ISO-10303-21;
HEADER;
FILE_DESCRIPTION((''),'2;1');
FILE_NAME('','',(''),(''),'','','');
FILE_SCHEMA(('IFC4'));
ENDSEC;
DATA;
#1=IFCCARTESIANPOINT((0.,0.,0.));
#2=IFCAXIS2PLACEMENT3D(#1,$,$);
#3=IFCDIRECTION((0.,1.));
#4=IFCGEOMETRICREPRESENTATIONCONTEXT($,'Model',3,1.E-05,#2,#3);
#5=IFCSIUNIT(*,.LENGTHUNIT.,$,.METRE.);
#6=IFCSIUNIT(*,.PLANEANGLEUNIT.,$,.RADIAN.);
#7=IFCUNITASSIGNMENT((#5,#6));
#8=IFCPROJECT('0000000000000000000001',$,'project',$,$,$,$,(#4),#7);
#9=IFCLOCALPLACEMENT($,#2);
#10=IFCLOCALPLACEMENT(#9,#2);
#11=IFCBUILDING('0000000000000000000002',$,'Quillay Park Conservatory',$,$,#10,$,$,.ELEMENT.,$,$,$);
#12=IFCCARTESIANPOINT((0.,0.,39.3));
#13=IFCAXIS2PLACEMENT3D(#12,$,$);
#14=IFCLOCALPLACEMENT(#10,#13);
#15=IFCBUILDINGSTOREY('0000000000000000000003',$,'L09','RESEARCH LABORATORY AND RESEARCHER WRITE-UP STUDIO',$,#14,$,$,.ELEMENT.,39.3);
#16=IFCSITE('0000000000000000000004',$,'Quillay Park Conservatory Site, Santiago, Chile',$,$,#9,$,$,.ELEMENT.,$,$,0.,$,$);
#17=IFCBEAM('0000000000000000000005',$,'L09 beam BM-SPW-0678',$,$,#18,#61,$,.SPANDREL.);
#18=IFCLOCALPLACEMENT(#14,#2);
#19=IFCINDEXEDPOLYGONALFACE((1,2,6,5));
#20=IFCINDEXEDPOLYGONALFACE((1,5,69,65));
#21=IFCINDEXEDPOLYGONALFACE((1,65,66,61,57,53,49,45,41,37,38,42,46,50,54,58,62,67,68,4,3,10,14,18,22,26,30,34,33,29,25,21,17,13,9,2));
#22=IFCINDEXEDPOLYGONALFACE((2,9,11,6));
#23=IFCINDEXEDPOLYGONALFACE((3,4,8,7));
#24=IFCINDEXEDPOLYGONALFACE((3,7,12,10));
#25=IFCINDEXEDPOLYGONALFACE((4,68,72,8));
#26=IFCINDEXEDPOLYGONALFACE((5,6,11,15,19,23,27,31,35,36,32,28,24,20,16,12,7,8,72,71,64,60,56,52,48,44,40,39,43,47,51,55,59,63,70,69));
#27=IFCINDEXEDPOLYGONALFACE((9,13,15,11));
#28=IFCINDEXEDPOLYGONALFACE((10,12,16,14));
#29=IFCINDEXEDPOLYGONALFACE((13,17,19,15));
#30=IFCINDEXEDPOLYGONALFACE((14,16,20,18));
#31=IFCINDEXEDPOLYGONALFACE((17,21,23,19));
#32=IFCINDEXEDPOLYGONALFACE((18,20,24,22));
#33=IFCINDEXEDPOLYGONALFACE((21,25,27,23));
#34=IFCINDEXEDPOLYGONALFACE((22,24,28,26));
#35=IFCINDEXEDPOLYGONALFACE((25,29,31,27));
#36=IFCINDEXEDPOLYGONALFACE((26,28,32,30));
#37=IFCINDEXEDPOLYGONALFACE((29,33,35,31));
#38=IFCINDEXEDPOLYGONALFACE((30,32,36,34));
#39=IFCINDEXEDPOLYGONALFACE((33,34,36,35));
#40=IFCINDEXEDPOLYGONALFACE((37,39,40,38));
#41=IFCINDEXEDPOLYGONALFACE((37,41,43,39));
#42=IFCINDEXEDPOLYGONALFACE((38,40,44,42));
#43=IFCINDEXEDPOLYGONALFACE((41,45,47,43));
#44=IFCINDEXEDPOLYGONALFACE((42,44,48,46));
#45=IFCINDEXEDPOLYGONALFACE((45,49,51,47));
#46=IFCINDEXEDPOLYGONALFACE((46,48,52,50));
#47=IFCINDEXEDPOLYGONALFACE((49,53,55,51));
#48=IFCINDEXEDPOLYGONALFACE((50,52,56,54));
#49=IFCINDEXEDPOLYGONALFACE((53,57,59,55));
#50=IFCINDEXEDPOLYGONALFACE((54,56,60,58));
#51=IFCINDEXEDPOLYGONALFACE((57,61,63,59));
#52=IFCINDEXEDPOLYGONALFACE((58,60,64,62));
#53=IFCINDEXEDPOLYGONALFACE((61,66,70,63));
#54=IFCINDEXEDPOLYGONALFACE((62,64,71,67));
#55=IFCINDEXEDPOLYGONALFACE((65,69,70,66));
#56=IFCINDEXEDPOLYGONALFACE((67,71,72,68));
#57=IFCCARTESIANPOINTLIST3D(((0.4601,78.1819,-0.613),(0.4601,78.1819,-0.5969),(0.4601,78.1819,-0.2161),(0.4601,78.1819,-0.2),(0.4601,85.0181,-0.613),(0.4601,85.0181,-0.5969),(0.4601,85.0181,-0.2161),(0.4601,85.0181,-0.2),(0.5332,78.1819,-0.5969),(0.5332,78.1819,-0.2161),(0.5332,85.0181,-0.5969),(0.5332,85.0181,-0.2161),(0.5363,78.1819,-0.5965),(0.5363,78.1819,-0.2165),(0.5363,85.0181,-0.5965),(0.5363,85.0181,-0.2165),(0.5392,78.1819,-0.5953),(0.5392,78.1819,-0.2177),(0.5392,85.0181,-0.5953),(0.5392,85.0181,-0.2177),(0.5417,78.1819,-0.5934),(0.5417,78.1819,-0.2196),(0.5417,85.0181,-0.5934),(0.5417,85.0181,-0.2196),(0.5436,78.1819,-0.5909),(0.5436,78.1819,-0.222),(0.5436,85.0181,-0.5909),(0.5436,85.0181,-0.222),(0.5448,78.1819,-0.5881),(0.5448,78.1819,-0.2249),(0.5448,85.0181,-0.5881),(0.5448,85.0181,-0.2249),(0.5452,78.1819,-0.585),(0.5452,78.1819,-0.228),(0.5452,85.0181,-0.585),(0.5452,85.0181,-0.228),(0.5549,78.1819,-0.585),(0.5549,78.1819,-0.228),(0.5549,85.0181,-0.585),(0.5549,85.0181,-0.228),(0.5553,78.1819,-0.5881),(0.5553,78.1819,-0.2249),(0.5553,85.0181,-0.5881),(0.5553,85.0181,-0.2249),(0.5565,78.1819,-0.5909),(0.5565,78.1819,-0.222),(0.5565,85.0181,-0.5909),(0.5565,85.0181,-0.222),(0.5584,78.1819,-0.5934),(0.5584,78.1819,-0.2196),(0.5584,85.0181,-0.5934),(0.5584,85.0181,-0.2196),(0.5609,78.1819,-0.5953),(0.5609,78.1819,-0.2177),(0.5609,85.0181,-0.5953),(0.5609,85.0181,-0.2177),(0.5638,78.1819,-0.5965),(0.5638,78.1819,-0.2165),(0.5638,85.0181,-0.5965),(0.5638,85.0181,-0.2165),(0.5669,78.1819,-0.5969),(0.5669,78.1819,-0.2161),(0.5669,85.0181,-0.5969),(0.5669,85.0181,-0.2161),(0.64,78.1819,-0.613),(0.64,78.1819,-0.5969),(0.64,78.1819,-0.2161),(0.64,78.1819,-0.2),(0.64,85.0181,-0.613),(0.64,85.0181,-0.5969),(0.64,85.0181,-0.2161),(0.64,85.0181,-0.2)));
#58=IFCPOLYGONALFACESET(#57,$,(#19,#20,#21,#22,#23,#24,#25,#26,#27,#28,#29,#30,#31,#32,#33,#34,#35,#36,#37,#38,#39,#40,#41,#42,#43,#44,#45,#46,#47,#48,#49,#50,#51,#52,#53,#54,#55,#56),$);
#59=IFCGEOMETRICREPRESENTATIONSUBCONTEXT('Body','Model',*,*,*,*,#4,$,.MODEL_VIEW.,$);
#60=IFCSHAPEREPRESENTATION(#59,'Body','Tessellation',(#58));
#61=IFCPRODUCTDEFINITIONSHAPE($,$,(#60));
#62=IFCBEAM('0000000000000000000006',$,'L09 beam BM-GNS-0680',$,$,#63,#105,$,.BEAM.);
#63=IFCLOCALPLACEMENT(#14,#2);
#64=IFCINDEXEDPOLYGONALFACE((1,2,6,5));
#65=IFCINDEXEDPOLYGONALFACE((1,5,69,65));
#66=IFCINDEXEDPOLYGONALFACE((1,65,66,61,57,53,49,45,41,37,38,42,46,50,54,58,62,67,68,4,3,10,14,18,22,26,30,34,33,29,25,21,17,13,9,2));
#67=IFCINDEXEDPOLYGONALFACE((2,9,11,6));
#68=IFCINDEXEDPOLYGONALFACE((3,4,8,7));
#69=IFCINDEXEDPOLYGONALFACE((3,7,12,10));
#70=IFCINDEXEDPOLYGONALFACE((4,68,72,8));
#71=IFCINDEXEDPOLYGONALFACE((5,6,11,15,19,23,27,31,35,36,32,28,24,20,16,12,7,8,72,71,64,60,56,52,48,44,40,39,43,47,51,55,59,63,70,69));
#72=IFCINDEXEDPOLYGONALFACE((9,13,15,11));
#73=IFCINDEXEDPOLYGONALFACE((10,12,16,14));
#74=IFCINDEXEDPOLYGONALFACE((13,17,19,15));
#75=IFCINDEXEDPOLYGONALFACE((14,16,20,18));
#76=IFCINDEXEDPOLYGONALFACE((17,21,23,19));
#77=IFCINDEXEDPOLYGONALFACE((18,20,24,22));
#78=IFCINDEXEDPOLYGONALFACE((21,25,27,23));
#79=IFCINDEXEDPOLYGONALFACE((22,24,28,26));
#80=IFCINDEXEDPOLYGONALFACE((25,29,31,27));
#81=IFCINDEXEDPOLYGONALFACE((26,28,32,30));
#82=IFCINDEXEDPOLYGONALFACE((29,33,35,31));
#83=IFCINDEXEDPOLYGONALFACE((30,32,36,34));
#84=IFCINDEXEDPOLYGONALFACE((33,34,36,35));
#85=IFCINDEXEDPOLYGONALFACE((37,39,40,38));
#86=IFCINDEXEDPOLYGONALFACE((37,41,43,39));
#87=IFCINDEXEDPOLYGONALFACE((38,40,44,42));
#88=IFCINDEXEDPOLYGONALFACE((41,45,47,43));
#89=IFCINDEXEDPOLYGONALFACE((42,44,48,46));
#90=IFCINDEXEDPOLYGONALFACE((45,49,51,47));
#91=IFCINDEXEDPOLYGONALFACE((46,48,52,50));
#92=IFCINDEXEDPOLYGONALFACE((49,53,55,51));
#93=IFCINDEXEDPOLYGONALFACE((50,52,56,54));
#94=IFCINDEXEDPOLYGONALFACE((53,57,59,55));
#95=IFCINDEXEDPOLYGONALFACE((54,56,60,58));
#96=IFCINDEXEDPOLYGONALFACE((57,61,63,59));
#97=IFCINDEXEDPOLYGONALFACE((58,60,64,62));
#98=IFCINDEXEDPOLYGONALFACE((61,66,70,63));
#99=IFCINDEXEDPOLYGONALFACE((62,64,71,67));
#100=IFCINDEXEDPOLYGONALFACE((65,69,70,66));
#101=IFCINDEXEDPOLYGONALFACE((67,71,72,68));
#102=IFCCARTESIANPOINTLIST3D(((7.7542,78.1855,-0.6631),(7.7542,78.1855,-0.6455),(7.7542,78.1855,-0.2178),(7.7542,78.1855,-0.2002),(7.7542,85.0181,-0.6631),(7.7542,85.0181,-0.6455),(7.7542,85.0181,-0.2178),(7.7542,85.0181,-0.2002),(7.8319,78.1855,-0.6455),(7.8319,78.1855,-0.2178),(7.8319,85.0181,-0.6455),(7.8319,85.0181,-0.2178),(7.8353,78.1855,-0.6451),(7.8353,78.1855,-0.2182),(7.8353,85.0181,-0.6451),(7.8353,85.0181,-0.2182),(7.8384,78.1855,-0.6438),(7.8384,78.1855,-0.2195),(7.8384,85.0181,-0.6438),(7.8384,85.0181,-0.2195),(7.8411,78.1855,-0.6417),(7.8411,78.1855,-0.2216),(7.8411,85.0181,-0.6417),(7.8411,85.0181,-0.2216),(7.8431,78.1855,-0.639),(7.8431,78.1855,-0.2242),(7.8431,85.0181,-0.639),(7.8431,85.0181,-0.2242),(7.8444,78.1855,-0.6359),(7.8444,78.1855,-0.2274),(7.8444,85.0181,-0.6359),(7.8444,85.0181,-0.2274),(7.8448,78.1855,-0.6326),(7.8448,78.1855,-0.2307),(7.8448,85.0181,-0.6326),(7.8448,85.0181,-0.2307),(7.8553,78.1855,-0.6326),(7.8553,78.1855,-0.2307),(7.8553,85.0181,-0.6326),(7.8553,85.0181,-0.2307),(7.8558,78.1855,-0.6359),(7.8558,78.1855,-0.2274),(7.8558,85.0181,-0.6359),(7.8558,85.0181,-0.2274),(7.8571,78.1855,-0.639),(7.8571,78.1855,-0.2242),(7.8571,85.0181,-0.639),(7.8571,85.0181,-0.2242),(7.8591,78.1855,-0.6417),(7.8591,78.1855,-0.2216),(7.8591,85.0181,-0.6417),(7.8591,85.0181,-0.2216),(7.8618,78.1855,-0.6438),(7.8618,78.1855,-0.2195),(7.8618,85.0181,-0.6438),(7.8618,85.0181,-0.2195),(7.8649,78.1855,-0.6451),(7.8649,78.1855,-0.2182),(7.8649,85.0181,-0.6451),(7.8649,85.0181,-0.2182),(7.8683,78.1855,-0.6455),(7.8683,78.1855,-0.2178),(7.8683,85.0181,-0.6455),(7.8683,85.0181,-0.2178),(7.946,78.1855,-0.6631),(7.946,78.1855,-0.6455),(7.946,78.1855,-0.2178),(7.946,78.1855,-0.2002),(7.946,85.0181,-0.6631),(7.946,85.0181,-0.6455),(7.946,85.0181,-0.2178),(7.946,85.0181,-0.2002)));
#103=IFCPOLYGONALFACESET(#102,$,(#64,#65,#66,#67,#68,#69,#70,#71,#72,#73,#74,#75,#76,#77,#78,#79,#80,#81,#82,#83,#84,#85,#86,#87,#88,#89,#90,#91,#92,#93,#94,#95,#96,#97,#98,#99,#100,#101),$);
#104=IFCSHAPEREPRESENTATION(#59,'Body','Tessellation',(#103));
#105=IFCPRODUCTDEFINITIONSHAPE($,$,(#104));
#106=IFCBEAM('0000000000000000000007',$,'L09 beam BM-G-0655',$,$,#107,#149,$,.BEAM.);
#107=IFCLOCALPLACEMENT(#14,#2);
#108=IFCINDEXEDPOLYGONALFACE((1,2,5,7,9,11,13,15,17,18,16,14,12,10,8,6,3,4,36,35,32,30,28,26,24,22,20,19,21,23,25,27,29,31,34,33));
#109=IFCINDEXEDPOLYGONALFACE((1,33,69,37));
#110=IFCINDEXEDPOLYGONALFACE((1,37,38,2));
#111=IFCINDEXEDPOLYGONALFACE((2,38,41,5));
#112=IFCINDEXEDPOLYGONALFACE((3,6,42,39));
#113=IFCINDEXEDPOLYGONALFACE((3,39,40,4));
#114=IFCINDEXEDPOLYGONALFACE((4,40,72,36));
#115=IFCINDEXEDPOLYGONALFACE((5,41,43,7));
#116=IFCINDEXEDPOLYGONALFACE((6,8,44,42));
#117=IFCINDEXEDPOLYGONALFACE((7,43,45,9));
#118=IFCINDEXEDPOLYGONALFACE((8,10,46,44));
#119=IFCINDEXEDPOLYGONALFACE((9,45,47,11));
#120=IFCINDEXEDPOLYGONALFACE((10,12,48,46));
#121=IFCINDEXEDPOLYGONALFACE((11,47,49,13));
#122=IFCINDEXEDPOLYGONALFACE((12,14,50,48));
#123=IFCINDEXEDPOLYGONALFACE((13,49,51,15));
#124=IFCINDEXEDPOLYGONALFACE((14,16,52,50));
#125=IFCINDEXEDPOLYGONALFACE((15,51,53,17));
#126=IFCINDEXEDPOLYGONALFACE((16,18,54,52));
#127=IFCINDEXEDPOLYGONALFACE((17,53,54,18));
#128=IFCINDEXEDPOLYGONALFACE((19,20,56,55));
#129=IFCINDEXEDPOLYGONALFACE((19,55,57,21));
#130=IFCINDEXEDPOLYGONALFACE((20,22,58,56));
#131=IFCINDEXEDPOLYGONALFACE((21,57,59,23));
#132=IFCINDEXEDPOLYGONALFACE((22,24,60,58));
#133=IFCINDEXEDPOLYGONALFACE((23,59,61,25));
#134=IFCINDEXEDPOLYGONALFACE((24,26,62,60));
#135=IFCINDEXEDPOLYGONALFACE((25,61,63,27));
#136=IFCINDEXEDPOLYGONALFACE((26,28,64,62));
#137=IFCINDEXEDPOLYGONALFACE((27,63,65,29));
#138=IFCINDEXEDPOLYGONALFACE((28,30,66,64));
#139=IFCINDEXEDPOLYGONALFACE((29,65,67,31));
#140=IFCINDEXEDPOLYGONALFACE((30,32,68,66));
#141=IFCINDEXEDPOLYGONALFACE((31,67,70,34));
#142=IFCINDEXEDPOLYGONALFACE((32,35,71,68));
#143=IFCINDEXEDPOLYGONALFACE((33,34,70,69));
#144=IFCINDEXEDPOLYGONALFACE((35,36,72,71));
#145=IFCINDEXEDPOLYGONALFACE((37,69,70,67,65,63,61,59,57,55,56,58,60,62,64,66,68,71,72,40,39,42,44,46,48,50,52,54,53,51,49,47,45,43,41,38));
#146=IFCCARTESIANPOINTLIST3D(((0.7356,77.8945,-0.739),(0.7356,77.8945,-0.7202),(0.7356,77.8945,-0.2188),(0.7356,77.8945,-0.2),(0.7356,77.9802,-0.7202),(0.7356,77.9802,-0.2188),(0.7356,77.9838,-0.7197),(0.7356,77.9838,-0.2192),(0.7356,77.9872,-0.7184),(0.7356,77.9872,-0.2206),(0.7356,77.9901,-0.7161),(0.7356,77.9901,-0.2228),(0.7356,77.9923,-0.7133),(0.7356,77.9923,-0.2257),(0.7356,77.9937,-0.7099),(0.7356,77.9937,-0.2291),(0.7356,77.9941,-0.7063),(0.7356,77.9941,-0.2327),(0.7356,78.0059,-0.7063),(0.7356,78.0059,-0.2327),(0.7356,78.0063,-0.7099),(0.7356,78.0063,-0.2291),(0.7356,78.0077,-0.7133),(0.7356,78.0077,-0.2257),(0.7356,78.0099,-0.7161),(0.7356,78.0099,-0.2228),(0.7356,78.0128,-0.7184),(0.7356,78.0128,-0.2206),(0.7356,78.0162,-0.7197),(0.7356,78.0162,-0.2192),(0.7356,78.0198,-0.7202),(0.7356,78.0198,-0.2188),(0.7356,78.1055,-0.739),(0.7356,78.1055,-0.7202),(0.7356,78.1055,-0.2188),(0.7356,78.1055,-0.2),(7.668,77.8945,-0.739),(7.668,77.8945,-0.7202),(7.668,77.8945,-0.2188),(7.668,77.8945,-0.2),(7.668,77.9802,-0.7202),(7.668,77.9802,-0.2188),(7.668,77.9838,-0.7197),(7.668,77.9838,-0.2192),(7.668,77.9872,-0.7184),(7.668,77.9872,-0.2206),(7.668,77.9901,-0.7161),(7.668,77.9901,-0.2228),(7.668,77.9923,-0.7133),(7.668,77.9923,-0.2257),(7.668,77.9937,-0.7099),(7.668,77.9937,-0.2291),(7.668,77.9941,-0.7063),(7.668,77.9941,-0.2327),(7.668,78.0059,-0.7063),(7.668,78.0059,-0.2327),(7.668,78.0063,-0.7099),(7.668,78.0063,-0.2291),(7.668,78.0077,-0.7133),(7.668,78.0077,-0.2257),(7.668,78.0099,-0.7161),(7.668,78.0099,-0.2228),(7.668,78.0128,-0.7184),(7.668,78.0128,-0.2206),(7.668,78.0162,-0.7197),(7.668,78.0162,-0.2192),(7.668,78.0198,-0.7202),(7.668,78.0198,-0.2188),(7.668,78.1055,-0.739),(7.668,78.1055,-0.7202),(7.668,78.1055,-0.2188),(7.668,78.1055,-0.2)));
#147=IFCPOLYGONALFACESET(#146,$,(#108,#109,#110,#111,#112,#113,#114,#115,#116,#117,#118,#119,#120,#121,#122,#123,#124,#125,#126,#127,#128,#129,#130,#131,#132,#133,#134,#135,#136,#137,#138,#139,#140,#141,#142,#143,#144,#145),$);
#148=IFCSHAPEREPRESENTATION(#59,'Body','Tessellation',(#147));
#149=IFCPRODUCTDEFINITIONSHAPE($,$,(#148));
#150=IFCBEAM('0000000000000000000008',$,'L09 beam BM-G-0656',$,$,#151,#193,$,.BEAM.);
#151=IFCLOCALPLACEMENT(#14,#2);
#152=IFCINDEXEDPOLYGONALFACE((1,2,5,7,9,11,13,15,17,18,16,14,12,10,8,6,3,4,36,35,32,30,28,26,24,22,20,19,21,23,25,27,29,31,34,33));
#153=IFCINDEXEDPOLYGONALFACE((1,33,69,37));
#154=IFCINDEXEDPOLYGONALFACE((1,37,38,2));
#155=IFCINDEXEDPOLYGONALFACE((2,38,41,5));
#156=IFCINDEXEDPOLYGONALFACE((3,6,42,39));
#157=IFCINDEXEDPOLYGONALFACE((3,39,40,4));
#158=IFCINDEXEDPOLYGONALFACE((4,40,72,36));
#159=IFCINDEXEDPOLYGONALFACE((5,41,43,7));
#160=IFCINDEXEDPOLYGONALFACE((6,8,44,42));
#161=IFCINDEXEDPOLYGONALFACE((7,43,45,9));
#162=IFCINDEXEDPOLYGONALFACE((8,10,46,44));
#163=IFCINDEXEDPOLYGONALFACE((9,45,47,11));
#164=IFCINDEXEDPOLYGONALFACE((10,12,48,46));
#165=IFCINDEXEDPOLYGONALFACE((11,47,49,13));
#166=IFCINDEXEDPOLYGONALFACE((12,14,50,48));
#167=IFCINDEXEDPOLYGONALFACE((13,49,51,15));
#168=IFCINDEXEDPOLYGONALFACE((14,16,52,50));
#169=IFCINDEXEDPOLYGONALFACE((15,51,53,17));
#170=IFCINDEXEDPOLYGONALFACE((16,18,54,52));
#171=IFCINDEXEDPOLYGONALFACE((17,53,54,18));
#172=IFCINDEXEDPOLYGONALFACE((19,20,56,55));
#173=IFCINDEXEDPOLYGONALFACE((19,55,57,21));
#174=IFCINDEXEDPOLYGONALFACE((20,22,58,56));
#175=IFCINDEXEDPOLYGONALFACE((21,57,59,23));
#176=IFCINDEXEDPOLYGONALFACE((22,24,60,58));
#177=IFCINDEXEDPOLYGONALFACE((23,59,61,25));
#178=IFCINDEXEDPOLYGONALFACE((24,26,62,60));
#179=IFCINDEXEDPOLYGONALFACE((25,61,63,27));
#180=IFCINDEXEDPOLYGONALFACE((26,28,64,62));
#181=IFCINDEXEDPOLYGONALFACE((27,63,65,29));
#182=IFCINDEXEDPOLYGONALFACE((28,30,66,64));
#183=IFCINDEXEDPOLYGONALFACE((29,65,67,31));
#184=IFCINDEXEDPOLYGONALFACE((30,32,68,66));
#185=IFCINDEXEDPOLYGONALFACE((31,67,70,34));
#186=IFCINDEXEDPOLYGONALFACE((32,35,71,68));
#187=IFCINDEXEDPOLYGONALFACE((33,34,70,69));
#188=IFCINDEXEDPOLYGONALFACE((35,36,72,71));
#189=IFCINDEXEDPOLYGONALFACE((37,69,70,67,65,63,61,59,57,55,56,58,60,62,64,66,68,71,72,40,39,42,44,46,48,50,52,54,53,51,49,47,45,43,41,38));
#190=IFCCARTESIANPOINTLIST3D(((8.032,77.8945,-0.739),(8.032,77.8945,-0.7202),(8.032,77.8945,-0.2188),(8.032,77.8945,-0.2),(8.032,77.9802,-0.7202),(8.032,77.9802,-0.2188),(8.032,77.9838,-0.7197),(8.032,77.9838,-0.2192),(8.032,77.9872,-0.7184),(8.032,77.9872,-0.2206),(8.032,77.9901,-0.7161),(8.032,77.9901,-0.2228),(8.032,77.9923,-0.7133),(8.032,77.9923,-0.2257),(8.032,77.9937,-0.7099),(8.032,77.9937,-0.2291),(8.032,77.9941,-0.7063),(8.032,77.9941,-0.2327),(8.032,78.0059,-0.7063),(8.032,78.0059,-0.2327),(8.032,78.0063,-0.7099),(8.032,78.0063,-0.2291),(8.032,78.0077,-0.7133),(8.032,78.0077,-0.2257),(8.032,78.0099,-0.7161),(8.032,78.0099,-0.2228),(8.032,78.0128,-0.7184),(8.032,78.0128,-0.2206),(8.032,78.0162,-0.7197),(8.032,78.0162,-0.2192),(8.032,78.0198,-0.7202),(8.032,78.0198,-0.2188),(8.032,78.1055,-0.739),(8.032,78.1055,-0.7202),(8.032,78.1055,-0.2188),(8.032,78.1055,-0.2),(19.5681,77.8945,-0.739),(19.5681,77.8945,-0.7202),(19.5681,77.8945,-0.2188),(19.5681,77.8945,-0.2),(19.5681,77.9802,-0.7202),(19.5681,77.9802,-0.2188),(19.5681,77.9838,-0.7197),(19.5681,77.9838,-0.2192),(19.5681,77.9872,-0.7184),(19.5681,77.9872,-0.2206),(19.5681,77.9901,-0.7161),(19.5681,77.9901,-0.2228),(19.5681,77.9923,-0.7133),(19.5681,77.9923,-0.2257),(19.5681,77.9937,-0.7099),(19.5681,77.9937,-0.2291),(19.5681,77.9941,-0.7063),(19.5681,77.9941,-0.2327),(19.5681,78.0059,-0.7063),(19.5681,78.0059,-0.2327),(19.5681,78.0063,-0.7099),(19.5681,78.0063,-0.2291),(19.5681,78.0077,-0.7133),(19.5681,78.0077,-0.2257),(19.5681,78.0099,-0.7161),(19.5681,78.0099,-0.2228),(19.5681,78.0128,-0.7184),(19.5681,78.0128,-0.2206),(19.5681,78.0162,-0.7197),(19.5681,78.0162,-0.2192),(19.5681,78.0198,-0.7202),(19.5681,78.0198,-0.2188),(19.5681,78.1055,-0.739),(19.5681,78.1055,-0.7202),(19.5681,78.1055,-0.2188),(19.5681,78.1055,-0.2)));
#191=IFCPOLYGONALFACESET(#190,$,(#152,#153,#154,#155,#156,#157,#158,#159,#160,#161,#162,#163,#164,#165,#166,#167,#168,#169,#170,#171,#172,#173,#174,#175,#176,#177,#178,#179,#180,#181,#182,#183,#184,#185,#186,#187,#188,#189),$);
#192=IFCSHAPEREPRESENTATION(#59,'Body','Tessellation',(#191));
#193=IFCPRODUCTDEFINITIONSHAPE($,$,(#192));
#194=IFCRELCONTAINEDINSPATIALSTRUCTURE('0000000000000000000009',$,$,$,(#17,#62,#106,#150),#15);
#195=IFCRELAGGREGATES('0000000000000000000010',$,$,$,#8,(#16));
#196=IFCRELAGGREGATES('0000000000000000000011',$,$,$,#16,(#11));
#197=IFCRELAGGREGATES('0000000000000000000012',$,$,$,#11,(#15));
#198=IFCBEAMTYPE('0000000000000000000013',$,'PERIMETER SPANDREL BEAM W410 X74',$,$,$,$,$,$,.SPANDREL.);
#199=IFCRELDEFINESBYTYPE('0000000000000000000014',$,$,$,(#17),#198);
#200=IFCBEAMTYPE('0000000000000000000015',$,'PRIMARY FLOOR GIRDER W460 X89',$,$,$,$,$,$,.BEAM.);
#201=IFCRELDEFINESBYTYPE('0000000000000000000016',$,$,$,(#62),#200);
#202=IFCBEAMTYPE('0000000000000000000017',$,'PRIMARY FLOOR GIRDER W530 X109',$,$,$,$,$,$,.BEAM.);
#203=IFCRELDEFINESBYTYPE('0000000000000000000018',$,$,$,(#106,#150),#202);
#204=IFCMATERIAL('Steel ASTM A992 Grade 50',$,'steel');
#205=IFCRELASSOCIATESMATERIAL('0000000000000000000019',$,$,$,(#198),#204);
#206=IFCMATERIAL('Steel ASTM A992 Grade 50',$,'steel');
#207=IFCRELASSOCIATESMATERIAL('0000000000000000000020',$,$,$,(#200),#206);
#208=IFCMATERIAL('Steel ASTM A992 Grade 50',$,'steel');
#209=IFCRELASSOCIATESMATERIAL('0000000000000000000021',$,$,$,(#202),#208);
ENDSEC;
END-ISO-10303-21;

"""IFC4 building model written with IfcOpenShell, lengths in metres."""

from ifc_helpers import new_model, si_unit, direction, frame, origin, origin_2d, place, context, subcontext, project, spatial, i_section, extrude, material, material_profile, profile_set, type_object, element, save


model = new_model("IFC4")

# Units and contexts
model_context = context("Model", 3, precision=1e-05, world=origin(), true_north=direction((0.0, 1.0)))
body_context = subcontext(model_context, "Body", "Model", "MODEL_VIEW")
ifc_project = project(units=[si_unit("LENGTHUNIT", "METRE"), si_unit("PLANEANGLEUNIT", "RADIAN")], contexts=[model_context])

# Site, building, storey
site_placement = place(None, origin())
site = spatial("IfcSite", under=ifc_project, at=site_placement, Name="Quillay Park Conservatory Site, Santiago, Chile", CompositionType="ELEMENT", RefElevation=0.0)
building_placement = place(site_placement, origin())
building = spatial("IfcBuilding", under=site, at=building_placement, Name="Quillay Park Conservatory", CompositionType="ELEMENT")
storey_placement = place(building_placement, frame((0.0, 0.0, 39.3)))
storey = spatial("IfcBuildingStorey", under=building, at=storey_placement, Name="L09", Description="RESEARCH LABORATORY AND RESEARCHER WRITE-UP STUDIO", CompositionType="ELEMENT", Elevation=39.3)

# Beams
ifc_material_1 = material(Name="Steel ASTM A992 Grade 50", Category="steel")
ifc_material_profile_1 = material_profile(ifc_material_1, i_section(OverallWidth=0.1799, OverallDepth=0.4131, WebThickness=0.0098, FlangeThickness=0.0161, FilletRadius=0.012, at=origin_2d()), Name="W410x74")
ifc_profile_set_1 = profile_set([ifc_material_profile_1], Name="Steel ASTM A992 Grade 50")
beam_type_1 = type_object("IfcBeamType", Name="PERIMETER SPANDREL BEAM W410 X74", PredefinedType="SPANDREL", material=ifc_profile_set_1)
beam_1_placement = place(storey_placement, frame((0.55, 78.1819, -0.4065), z_axis=(0.0, 1.0, 0.0), x_axis=(-1.0, 0.0, 0.0)))
element("IfcBeam", 1, at=beam_1_placement, inside=storey, type_object=beam_type_1, Name="L09 beam BM-SPW-0678", PredefinedType="SPANDREL", context=body_context, shape_type="SweptSolid", body=[
    extrude(i_section(OverallWidth=0.1799, OverallDepth=0.4131, WebThickness=0.0098, FlangeThickness=0.0161, FilletRadius=0.012, at=origin_2d()), origin(), (0.0, 0.0, 1.0), 6.8362),
])
ifc_material_2 = material(Name="Steel ASTM A992 Grade 50", Category="steel")
ifc_material_profile_2 = material_profile(ifc_material_2, i_section(OverallWidth=0.1919, OverallDepth=0.4629, WebThickness=0.0105, FlangeThickness=0.0176, FilletRadius=0.0129, at=origin_2d()), Name="W460x89")
ifc_profile_set_2 = profile_set([ifc_material_profile_2], Name="Steel ASTM A992 Grade 50")
beam_type_2 = type_object("IfcBeamType", Name="PRIMARY FLOOR GIRDER W460 X89", PredefinedType="BEAM", material=ifc_profile_set_2)
beam_2_placement = place(storey_placement, frame((7.8501, 78.1855, -0.4316), z_axis=(0.0, 1.0, 0.0), x_axis=(-1.0, 0.0, 0.0)))
element("IfcBeam", 2, at=beam_2_placement, inside=storey, type_object=beam_type_2, Name="L09 beam BM-GNS-0680", PredefinedType="BEAM", context=body_context, shape_type="SweptSolid", body=[
    extrude(i_section(OverallWidth=0.1919, OverallDepth=0.4629, WebThickness=0.0105, FlangeThickness=0.0176, FilletRadius=0.0129, at=origin_2d()), origin(), (0.0, 0.0, 1.0), 6.8325),
])
ifc_material_3 = material(Name="Steel ASTM A992 Grade 50", Category="steel")
ifc_material_profile_3 = material_profile(ifc_material_3, i_section(OverallWidth=0.2109, OverallDepth=0.5391, WebThickness=0.0117, FlangeThickness=0.0188, FilletRadius=0.0139, at=origin_2d()), Name="W530x109")
ifc_profile_set_3 = profile_set([ifc_material_profile_3], Name="Steel ASTM A992 Grade 50")
beam_type_3 = type_object("IfcBeamType", Name="PRIMARY FLOOR GIRDER W530 X109", PredefinedType="BEAM", material=ifc_profile_set_3)
beam_3_placement = place(storey_placement, frame((0.7356, 78.0, -0.4695), z_axis=(1.0, 0.0, 0.0), x_axis=(0.0, 1.0, 0.0)))
element("IfcBeam", 3, at=beam_3_placement, inside=storey, type_object=beam_type_3, Name="L09 beam BM-G-0655", PredefinedType="BEAM", context=body_context, shape_type="SweptSolid", body=[
    extrude(i_section(OverallWidth=0.2109, OverallDepth=0.5391, WebThickness=0.0117, FlangeThickness=0.0188, FilletRadius=0.0139, at=origin_2d()), origin(), (0.0, 0.0, 1.0), 6.9324),
])
beam_4_placement = place(storey_placement, frame((8.032, 78.0, -0.4695), z_axis=(1.0, 0.0, 0.0), x_axis=(0.0, 1.0, 0.0)))
element("IfcBeam", 4, at=beam_4_placement, inside=storey, type_object=beam_type_3, Name="L09 beam BM-G-0656", PredefinedType="BEAM", context=body_context, shape_type="SweptSolid", body=[
    extrude(i_section(OverallWidth=0.2109, OverallDepth=0.5391, WebThickness=0.0117, FlangeThickness=0.0188, FilletRadius=0.0139, at=origin_2d()), origin(), (0.0, 0.0, 1.0), 11.5361),
])

save(model, "model.ifc")
